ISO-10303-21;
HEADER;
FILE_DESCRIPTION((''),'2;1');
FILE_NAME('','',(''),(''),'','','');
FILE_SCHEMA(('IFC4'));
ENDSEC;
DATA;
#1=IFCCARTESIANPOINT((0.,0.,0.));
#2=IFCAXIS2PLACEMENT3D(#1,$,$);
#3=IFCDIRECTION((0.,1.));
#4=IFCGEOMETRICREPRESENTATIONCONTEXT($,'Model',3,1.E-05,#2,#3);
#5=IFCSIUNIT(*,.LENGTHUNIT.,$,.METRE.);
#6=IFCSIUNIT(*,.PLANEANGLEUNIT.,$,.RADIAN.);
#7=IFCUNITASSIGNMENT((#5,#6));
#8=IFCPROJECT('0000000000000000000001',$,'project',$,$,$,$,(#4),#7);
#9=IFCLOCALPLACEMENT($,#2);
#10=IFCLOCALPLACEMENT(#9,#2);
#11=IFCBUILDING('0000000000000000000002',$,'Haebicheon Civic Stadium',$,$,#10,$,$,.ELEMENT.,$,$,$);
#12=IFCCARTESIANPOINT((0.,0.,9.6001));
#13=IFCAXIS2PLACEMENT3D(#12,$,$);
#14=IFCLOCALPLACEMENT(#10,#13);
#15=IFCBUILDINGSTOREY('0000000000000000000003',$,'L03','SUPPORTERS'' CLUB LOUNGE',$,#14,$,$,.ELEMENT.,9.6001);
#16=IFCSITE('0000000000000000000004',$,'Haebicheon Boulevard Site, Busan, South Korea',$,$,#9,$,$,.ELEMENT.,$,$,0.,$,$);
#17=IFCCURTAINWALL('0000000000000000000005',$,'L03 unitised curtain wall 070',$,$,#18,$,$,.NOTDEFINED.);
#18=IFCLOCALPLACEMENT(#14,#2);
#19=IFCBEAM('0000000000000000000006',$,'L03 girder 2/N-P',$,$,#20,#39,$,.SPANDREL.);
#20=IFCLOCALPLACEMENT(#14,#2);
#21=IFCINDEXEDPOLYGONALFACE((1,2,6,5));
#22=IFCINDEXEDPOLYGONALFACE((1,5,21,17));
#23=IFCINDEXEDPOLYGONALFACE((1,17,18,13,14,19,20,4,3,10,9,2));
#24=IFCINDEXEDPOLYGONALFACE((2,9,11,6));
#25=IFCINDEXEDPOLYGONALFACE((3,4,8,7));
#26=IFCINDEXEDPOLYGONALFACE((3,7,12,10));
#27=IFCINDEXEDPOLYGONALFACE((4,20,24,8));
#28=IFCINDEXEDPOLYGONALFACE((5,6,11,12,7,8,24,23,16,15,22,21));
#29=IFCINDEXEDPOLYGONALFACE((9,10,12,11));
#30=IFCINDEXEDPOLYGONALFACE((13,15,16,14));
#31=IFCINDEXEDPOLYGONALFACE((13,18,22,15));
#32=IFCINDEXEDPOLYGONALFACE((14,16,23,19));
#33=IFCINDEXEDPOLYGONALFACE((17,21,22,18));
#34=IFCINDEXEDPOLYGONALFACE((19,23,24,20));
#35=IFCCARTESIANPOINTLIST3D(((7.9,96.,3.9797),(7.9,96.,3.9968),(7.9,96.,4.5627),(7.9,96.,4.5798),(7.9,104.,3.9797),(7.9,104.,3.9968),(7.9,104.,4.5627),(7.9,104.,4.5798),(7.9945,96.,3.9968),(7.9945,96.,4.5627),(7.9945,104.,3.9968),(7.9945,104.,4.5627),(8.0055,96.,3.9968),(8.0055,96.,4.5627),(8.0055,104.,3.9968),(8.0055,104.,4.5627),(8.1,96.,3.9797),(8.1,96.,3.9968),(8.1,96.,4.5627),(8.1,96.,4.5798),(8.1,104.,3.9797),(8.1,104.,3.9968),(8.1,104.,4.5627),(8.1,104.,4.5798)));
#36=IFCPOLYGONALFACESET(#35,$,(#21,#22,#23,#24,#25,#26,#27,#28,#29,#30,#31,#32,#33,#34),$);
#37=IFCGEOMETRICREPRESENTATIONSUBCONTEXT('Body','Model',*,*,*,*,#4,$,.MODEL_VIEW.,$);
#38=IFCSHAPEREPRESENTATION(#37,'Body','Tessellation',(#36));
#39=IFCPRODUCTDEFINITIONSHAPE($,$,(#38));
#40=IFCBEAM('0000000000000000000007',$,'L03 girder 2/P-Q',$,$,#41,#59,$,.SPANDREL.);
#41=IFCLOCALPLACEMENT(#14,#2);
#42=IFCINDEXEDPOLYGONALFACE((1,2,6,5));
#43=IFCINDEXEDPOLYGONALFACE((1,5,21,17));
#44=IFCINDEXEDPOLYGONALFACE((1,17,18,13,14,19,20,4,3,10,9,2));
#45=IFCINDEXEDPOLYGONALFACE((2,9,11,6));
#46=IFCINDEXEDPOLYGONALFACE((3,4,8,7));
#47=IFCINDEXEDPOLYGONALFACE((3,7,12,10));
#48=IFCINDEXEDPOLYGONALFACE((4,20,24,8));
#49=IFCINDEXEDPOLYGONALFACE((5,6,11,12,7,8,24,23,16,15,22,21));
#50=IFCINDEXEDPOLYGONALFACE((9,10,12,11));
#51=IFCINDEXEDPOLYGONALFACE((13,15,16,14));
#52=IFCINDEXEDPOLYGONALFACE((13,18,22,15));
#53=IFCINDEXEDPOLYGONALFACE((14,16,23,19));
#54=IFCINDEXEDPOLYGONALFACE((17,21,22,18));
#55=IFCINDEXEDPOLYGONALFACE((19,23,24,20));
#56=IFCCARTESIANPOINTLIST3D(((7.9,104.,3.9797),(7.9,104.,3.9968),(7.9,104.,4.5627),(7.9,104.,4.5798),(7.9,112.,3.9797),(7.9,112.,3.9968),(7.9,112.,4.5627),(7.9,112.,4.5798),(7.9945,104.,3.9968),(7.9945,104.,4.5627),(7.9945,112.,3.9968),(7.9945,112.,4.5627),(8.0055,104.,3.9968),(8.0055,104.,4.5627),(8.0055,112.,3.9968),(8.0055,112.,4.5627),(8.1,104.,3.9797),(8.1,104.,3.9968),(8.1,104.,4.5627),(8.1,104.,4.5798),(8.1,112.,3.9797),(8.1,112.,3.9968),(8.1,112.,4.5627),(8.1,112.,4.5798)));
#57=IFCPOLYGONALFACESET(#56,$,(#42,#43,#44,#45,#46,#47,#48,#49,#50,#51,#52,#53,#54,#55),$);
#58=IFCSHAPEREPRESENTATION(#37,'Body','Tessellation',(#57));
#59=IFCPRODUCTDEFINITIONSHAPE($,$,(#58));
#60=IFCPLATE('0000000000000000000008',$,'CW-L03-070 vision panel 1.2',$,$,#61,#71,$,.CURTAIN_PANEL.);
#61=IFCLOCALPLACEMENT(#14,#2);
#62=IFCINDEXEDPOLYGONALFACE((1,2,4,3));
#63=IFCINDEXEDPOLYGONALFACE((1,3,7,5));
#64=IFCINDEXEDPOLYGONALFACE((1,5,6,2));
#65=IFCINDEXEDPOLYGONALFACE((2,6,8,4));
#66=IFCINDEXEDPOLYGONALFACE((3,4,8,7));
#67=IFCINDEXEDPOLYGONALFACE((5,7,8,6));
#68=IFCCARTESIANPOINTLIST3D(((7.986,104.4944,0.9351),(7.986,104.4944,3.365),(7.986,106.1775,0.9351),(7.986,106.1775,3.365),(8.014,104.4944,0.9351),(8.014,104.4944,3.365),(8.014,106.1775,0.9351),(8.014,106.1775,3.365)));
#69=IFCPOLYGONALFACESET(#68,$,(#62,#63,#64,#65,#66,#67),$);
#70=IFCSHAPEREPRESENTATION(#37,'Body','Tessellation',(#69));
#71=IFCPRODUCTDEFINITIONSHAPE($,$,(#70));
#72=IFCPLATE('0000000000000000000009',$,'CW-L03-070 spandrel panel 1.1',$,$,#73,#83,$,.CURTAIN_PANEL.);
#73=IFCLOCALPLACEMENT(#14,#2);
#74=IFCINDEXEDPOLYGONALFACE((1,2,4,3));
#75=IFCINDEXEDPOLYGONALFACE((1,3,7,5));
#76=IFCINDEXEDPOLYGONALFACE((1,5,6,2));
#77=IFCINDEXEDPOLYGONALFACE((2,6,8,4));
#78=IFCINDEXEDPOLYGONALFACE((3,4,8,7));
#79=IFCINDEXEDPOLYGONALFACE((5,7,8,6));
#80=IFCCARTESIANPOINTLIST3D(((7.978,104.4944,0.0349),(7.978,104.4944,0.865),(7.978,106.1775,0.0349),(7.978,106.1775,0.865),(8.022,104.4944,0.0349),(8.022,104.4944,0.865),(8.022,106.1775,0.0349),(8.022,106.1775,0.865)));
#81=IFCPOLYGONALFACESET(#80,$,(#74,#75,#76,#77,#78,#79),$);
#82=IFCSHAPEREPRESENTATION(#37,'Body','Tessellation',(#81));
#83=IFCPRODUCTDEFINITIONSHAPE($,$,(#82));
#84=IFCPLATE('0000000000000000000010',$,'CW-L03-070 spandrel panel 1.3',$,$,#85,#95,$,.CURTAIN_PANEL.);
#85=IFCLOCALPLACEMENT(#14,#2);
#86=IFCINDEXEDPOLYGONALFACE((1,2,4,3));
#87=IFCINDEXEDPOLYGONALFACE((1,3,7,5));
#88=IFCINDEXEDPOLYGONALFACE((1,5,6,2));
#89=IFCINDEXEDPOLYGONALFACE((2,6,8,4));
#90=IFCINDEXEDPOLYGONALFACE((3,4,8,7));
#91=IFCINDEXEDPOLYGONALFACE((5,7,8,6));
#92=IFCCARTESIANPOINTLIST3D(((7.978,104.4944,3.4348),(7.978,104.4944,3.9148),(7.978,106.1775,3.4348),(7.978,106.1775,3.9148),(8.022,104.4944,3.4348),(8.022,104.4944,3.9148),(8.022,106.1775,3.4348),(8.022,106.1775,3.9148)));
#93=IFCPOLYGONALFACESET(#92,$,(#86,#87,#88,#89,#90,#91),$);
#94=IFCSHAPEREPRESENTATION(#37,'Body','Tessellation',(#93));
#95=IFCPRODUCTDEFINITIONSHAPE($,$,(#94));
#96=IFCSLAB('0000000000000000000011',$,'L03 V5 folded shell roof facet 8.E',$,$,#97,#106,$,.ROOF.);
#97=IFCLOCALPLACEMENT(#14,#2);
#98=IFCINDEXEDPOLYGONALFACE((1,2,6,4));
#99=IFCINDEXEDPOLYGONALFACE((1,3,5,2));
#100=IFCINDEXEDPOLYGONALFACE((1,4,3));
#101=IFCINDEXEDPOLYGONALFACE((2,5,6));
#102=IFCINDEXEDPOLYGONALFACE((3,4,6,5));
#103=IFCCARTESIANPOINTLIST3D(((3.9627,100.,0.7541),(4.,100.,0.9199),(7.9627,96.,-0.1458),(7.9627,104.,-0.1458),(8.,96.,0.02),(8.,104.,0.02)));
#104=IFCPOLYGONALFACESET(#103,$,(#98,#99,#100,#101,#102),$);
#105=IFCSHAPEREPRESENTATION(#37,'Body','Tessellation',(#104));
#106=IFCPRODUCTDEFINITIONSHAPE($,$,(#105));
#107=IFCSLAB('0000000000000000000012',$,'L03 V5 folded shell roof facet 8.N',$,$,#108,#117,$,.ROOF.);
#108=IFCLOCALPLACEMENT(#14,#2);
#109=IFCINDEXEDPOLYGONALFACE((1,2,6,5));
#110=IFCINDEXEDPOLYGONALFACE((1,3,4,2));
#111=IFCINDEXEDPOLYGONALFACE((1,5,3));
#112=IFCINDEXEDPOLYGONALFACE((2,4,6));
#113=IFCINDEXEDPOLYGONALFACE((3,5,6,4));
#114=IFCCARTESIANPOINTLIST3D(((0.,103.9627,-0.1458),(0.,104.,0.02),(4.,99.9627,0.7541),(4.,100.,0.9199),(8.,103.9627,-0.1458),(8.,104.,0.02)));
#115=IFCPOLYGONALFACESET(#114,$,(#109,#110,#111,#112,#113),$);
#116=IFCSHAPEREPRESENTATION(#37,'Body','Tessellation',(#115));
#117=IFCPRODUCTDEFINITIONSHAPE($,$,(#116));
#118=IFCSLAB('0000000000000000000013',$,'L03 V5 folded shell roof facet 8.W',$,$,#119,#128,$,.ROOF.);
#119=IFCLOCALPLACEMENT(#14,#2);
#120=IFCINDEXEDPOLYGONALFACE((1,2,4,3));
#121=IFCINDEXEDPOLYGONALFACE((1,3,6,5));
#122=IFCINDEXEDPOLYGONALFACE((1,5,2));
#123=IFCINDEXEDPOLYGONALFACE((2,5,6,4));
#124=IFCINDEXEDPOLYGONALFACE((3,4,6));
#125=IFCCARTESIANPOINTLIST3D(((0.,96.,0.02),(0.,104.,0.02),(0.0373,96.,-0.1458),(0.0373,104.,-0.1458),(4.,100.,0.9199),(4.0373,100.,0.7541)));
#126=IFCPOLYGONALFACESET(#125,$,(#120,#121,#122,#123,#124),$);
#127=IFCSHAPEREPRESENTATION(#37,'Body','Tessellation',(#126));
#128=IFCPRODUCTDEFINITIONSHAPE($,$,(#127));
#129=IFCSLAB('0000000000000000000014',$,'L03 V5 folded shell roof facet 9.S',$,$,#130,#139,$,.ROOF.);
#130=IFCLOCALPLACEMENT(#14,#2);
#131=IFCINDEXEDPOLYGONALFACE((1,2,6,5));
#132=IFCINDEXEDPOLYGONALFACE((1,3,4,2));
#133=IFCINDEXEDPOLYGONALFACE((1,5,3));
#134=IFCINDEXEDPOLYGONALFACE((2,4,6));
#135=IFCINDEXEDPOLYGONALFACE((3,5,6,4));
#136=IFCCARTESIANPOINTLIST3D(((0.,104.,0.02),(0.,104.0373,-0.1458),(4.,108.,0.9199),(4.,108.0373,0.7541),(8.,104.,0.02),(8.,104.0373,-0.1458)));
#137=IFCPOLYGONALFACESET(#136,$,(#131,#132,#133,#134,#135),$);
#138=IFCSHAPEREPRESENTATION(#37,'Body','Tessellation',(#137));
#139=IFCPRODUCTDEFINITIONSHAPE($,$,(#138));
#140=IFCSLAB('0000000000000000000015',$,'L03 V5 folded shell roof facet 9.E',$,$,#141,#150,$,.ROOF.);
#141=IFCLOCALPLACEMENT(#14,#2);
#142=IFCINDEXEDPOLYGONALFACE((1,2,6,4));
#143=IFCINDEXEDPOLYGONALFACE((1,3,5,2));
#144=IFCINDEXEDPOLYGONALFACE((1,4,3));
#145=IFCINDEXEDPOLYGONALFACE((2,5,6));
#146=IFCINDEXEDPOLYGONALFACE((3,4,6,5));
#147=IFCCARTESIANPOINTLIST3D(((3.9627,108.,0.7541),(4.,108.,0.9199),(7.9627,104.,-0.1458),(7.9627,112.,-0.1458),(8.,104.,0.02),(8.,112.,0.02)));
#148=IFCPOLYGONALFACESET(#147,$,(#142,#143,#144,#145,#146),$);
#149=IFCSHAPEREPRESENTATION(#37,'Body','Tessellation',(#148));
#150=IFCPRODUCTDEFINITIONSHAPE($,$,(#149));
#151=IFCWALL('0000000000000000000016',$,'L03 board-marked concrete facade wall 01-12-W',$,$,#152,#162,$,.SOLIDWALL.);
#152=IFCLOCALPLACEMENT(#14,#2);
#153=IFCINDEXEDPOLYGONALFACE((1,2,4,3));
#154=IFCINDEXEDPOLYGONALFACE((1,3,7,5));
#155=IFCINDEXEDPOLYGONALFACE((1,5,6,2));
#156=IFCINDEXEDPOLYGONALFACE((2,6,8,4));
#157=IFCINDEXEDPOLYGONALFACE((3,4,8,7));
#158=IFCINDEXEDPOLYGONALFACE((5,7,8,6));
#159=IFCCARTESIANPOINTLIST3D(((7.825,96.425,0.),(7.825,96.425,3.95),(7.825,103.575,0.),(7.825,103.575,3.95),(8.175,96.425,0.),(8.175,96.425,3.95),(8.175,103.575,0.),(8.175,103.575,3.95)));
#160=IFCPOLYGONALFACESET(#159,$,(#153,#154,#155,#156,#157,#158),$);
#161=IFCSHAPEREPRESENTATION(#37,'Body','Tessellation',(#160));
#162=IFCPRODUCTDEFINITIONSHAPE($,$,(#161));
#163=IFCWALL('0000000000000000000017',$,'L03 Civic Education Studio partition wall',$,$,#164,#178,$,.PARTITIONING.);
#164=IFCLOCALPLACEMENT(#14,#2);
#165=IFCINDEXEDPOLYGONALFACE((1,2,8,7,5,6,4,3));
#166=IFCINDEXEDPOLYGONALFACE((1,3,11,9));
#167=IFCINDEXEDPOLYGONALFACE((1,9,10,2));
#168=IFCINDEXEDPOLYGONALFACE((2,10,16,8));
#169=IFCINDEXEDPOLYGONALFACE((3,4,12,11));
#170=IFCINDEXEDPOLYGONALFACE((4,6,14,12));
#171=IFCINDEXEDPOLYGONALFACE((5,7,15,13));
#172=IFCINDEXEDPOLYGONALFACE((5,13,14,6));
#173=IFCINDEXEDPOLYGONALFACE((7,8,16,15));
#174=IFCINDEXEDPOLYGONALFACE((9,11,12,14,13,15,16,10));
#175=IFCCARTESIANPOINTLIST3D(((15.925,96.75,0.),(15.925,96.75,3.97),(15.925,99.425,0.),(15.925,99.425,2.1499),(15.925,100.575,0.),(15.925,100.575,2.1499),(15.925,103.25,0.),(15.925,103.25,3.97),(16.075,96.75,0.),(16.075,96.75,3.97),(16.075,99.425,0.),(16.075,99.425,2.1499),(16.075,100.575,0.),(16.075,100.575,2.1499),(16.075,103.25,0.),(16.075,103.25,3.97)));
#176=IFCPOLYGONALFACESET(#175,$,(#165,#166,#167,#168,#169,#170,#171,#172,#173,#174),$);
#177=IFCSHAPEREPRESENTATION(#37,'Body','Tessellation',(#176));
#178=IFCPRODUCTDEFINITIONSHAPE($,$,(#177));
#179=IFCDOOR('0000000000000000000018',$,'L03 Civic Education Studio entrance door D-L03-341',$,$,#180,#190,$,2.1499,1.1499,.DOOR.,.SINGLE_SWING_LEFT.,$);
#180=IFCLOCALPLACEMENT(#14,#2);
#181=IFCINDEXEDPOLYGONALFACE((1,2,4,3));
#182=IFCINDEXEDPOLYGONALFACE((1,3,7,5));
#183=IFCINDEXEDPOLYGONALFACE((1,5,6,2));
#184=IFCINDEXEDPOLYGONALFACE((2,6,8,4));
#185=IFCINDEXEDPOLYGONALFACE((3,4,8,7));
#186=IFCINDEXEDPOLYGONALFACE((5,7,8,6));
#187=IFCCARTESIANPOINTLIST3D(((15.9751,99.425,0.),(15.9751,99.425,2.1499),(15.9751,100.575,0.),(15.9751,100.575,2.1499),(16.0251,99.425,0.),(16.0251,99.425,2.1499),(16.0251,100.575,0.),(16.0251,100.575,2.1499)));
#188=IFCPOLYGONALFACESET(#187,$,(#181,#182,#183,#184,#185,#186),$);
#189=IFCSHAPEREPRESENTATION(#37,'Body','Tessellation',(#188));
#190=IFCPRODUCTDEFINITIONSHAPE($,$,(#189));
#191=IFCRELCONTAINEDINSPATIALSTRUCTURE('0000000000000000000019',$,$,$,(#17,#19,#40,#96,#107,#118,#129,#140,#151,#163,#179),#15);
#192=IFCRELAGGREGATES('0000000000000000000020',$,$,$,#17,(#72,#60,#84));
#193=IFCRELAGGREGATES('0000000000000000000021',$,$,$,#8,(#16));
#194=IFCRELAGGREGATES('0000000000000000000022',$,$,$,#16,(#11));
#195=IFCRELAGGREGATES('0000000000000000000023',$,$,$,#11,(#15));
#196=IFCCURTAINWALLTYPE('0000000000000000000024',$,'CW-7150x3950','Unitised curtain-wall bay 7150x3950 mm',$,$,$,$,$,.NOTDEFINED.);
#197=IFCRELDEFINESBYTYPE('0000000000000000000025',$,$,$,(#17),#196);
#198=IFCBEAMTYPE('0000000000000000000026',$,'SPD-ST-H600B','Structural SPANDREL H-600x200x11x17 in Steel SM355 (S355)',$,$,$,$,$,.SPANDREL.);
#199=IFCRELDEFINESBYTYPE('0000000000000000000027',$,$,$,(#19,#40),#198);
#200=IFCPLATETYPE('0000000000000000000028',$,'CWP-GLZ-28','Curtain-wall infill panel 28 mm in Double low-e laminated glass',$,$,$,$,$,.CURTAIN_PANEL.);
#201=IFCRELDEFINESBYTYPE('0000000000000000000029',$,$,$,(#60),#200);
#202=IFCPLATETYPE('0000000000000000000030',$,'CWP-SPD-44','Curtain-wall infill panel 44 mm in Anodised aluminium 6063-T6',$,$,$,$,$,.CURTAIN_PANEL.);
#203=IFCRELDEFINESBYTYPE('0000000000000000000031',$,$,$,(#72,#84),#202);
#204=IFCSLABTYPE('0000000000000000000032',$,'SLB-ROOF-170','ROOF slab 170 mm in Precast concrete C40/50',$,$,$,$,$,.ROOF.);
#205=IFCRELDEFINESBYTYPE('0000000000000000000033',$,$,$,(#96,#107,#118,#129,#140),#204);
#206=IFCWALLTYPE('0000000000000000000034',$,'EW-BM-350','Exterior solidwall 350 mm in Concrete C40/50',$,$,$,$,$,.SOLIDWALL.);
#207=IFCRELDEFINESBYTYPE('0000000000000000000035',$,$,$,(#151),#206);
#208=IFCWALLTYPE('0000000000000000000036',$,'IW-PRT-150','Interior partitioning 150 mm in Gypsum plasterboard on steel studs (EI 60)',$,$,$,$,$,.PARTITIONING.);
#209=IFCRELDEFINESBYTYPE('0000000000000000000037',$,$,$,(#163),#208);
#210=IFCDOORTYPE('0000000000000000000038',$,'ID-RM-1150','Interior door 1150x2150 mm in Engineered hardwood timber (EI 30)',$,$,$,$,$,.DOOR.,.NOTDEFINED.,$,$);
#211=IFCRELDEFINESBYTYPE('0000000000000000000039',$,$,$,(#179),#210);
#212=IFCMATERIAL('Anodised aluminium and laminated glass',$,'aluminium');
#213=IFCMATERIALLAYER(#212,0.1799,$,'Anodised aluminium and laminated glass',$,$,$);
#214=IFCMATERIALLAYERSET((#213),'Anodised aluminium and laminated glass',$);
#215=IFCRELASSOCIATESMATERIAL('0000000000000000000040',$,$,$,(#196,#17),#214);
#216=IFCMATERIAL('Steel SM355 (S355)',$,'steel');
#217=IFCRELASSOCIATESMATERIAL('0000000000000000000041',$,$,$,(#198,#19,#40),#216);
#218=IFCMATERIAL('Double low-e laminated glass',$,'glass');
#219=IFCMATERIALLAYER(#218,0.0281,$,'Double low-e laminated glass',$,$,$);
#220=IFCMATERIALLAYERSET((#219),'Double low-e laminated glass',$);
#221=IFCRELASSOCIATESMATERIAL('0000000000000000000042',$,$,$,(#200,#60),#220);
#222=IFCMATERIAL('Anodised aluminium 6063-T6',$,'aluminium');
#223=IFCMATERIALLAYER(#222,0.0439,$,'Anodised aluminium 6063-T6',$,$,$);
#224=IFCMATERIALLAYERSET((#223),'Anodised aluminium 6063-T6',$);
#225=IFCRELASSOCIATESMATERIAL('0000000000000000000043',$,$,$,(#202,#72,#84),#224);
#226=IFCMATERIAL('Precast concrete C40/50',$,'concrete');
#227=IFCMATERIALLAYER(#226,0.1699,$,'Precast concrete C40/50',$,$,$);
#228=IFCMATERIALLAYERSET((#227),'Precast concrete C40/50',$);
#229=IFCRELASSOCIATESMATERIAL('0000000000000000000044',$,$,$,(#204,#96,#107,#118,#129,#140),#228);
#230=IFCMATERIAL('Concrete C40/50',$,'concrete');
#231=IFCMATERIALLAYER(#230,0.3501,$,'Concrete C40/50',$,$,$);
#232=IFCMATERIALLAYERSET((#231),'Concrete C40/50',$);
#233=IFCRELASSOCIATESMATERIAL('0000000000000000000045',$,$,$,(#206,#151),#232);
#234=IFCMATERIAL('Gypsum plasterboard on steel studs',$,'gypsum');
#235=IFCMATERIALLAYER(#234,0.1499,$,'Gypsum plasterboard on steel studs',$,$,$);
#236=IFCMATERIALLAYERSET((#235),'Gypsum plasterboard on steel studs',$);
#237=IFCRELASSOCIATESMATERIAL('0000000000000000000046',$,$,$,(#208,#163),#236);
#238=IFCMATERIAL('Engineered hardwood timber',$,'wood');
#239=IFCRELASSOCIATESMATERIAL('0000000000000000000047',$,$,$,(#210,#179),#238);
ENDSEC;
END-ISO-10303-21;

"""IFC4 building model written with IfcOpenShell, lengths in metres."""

from ifc_helpers import new_model, si_unit, direction, frame, frame_2d, origin, origin_2d, place, context, subcontext, project, spatial, polyline, rectangle, i_section, outline, extrude, material, layer, layer_set, material_profile, profile_set, type_object, element, fill, aggregate, save


model = new_model("IFC4")

# Units and contexts
model_context = context("Model", 3, precision=1e-05, world=origin(), true_north=direction((0.0, 1.0)))
body_context = subcontext(model_context, "Body", "Model", "MODEL_VIEW")
ifc_project = project(units=[si_unit("LENGTHUNIT", "METRE"), si_unit("PLANEANGLEUNIT", "RADIAN")], contexts=[model_context])

# Site, building, storey
site_placement = place(None, origin())
site = spatial("IfcSite", under=ifc_project, at=site_placement, Name="Haebicheon Boulevard Site, Busan, South Korea", CompositionType="ELEMENT", RefElevation=0.0)
building_placement = place(site_placement, origin())
building = spatial("IfcBuilding", under=site, at=building_placement, Name="Haebicheon Civic Stadium", CompositionType="ELEMENT")
storey_placement = place(building_placement, frame((0.0, 0.0, 9.6001)))
storey = spatial("IfcBuildingStorey", under=building, at=storey_placement, Name="L03", Description="SUPPORTERS' CLUB LOUNGE", CompositionType="ELEMENT", Elevation=9.6001)

# Curtain wall
ifc_material_1 = material(Name="Anodised aluminium and laminated glass", Category="aluminium")
ifc_layer_1 = layer(ifc_material_1, 0.1799, Name="Anodised aluminium and laminated glass")
ifc_layer_set_1 = layer_set([ifc_layer_1], Name="Anodised aluminium and laminated glass")
curtain_wall_type = type_object("IfcCurtainWallType", Name="CW-7150x3950", Description="Unitised curtain-wall bay 7150x3950 mm", PredefinedType="NOTDEFINED", material=ifc_layer_set_1)
curtain_wall_placement = place(storey_placement, origin())
curtain_wall = element("IfcCurtainWall", 1, at=curtain_wall_placement, inside=storey, type_object=curtain_wall_type, material=ifc_layer_set_1, Name="L03 unitised curtain wall 070", PredefinedType="NOTDEFINED")

# Beams
ifc_material_2 = material(Name="Steel SM355 (S355)", Category="steel")
ifc_material_profile_1 = material_profile(ifc_material_2, i_section(OverallWidth=0.2, OverallDepth=0.6001, WebThickness=0.011, FlangeThickness=0.0171, at=origin_2d()), Name="H-600x200x11x17")
ifc_profile_set_1 = profile_set([ifc_material_profile_1], Name="Steel SM355 (S355)")
beam_type_1 = type_object("IfcBeamType", Name="SPD-ST-H600B", Description="Structural SPANDREL H-600x200x11x17 in Steel SM355 (S355)", PredefinedType="SPANDREL", material=ifc_profile_set_1)
for number, where, z_axis, x_axis, name in (
    (2, (8.0, 96.0, 4.2798), (0.0, 1.0, 0.0), (-1.0, 0.0, 0.0), "L03 girder 2/N-P"),
    (3, (8.0, 104.0, 4.2798), (0.0, 1.0, 0.0), (-1.0, 0.0, 0.0), "L03 girder 2/P-Q"),
):
    element("IfcBeam", number, at=place(storey_placement, frame(where, z_axis=z_axis, x_axis=x_axis)), inside=storey, type_object=beam_type_1, material=ifc_profile_set_1, Name=name, PredefinedType="SPANDREL", context=body_context, shape_type="SweptSolid", body=[
        extrude(i_section(OverallWidth=0.2, OverallDepth=0.6001, WebThickness=0.011, FlangeThickness=0.0171, at=origin_2d()), origin(), (0.0, 0.0, 1.0), 8.0),
    ])

# Plates
ifc_material_3 = material(Name="Double low-e laminated glass", Category="glass")
ifc_layer_2 = layer(ifc_material_3, 0.0281, Name="Double low-e laminated glass")
ifc_layer_set_2 = layer_set([ifc_layer_2], Name="Double low-e laminated glass")
plate_type_1 = type_object("IfcPlateType", Name="CWP-GLZ-28", Description="Curtain-wall infill panel 28 mm in Double low-e laminated glass", PredefinedType="CURTAIN_PANEL", material=ifc_layer_set_2)
plate_1_placement = place(storey_placement, frame((8.0, 105.3359, 0.9351), z_axis=(0.0, 0.0, 1.0), x_axis=(0.0, 1.0, 0.0)))
plate_1 = element("IfcPlate", 4, at=plate_1_placement, type_object=plate_type_1, material=ifc_layer_set_2, Name="CW-L03-070 vision panel 1.2", PredefinedType="CURTAIN_PANEL", context=body_context, shape_type="SweptSolid", body=[
    extrude(rectangle(XDim=1.6831, YDim=0.0281, at=origin_2d()), origin(), (0.0, 0.0, 1.0), 2.4299),
])
ifc_material_4 = material(Name="Anodised aluminium 6063-T6", Category="aluminium")
ifc_layer_3 = layer(ifc_material_4, 0.0439, Name="Anodised aluminium 6063-T6")
ifc_layer_set_3 = layer_set([ifc_layer_3], Name="Anodised aluminium 6063-T6")
plate_type_2 = type_object("IfcPlateType", Name="CWP-SPD-44", Description="Curtain-wall infill panel 44 mm in Anodised aluminium 6063-T6", PredefinedType="CURTAIN_PANEL", material=ifc_layer_set_3)
plate_2_placement = place(storey_placement, frame((8.0, 105.3359, 0.0349), z_axis=(0.0, 0.0, 1.0), x_axis=(0.0, 1.0, 0.0)))
plate_2 = element("IfcPlate", 5, at=plate_2_placement, type_object=plate_type_2, material=ifc_layer_set_3, Name="CW-L03-070 spandrel panel 1.1", PredefinedType="CURTAIN_PANEL", context=body_context, shape_type="SweptSolid", body=[
    extrude(rectangle(XDim=1.6831, YDim=0.0439, at=origin_2d()), origin(), (0.0, 0.0, 1.0), 0.8301),
])
plate_3_placement = place(storey_placement, frame((8.0, 105.3359, 3.4348), z_axis=(0.0, 0.0, 1.0), x_axis=(0.0, 1.0, 0.0)))
plate_3 = element("IfcPlate", 6, at=plate_3_placement, type_object=plate_type_2, material=ifc_layer_set_3, Name="CW-L03-070 spandrel panel 1.3", PredefinedType="CURTAIN_PANEL", context=body_context, shape_type="SweptSolid", body=[
    extrude(rectangle(XDim=1.6831, YDim=0.0439, at=origin_2d()), origin(), (0.0, 0.0, 1.0), 0.48),
])
aggregate(curtain_wall, [plate_2, plate_1, plate_3])

# Slabs
ifc_material_5 = material(Name="Precast concrete C40/50", Category="concrete")
ifc_layer_4 = layer(ifc_material_5, 0.1699, Name="Precast concrete C40/50")
ifc_layer_set_4 = layer_set([ifc_layer_4], Name="Precast concrete C40/50")
slab_type = type_object("IfcSlabType", Name="SLB-ROOF-170", Description="ROOF slab 170 mm in Precast concrete C40/50", PredefinedType="ROOF", material=ifc_layer_set_4)
for number, where, z_axis, x_axis, name in (
    (7, (8.0, 96.0, 0.02), (0.21949, 0.0, 0.975615), (0.0, 1.0, 0.0), "L03 V5 folded shell roof facet 8.E"),
    (8, (8.0, 104.0, 0.02), (0.0, 0.21949, 0.975615), (-1.0, 0.0, 0.0), "L03 V5 folded shell roof facet 8.N"),
    (9, (0.0, 104.0, 0.02), (-0.21949, 0.0, 0.975615), (0.0, -1.0, 0.0), "L03 V5 folded shell roof facet 8.W"),
    (10, (0.0, 104.0, 0.02), (0.0, -0.21949, 0.975615), (1.0, 0.0, 0.0), "L03 V5 folded shell roof facet 9.S"),
    (11, (8.0, 104.0, 0.02), (0.21949, 0.0, 0.975615), (0.0, 1.0, 0.0), "L03 V5 folded shell roof facet 9.E"),
):
    element("IfcSlab", number, at=place(storey_placement, frame(where, z_axis=z_axis, x_axis=x_axis)), inside=storey, type_object=slab_type, material=ifc_layer_set_4, Name=name, PredefinedType="ROOF", context=body_context, shape_type="SweptSolid", body=[
        extrude(outline(polyline([(0.0, 0.0), (8.0, 0.0), (4.0, 4.1), (0.0, 0.0)])), origin(), (0.0, 0.0, -1.0), 0.1699),
    ])

# Wall
ifc_material_6 = material(Name="Concrete C40/50", Category="concrete")
ifc_layer_5 = layer(ifc_material_6, 0.3501, Name="Concrete C40/50")
ifc_layer_set_5 = layer_set([ifc_layer_5], Name="Concrete C40/50")
wall_type_1 = type_object("IfcWallType", Name="EW-BM-350", Description="Exterior solidwall 350 mm in Concrete C40/50", PredefinedType="SOLIDWALL", material=ifc_layer_set_5)
wall_1_placement = place(storey_placement, frame((8.0, 96.425, 0.0), z_axis=(0.0, 0.0, 1.0), x_axis=(0.0, 1.0, 0.0)))
element("IfcWall", 12, at=wall_1_placement, inside=storey, type_object=wall_type_1, material=ifc_layer_set_5, Name="L03 board-marked concrete facade wall 01-12-W", PredefinedType="SOLIDWALL", context=body_context, shape_type="SweptSolid", body=[
    extrude(rectangle(XDim=7.1499, YDim=0.3501, at=frame_2d((3.575, 0.0))), origin(), (0.0, 0.0, 1.0), 3.95),
])

# Wall, opening, door
ifc_material_7 = material(Name="Gypsum plasterboard on steel studs", Category="gypsum")
ifc_layer_6 = layer(ifc_material_7, 0.1499, Name="Gypsum plasterboard on steel studs")
ifc_layer_set_6 = layer_set([ifc_layer_6], Name="Gypsum plasterboard on steel studs")
wall_type_2 = type_object("IfcWallType", Name="IW-PRT-150", Description="Interior partitioning 150 mm in Gypsum plasterboard on steel studs (EI 60)", PredefinedType="PARTITIONING", material=ifc_layer_set_6)
wall_2_placement = place(storey_placement, frame((16.0, 96.75, 0.0), z_axis=(0.0, 0.0, 1.0), x_axis=(0.0, 1.0, 0.0)))
wall_2 = element("IfcWall", 13, at=wall_2_placement, inside=storey, type_object=wall_type_2, material=ifc_layer_set_6, Name="L03 Civic Education Studio partition wall", PredefinedType="PARTITIONING", context=body_context, shape_type="SweptSolid", body=[
    extrude(rectangle(XDim=6.5, YDim=0.1499, at=frame_2d((3.25, 0.0))), origin(), (0.0, 0.0, 1.0), 3.97),
])
opening_placement = place(wall_2_placement, frame((2.675, 0.0, 0.0)))
opening = element("IfcOpeningElement", 14, at=opening_placement, cuts=wall_2, PredefinedType="OPENING", context=body_context, shape_type="SweptSolid", body=[
    extrude(rectangle(XDim=1.1499, YDim=2.1499, at=frame_2d((0.575, 1.075))), frame((0.0, 0.085, 0.0), z_axis=(0.0, -1.0, 0.0), x_axis=(1.0, 0.0, 0.0)), (0.0, 0.0, 1.0), 0.1699),
])
ifc_material_8 = material(Name="Engineered hardwood timber", Category="wood")
door_type = type_object("IfcDoorType", Name="ID-RM-1150", Description="Interior door 1150x2150 mm in Engineered hardwood timber (EI 30)", OperationType="NOTDEFINED", PredefinedType="DOOR", material=ifc_material_8)
door_placement = place(opening_placement, origin())
door = element("IfcDoor", 15, at=door_placement, inside=storey, type_object=door_type, material=ifc_material_8, Name="L03 Civic Education Studio entrance door D-L03-341", OperationType="SINGLE_SWING_LEFT", OverallHeight=2.1499, OverallWidth=1.1499, PredefinedType="DOOR", context=body_context, shape_type="SweptSolid", body=[
    extrude(rectangle(XDim=1.1499, YDim=2.1499, at=frame_2d((0.575, 1.075))), frame((0.0, 0.0249, 0.0), z_axis=(0.0, -1.0, 0.0), x_axis=(1.0, 0.0, 0.0)), (0.0, 0.0, 1.0), 0.05),
])
fill(opening, door)

save(model, "model.ifc")
